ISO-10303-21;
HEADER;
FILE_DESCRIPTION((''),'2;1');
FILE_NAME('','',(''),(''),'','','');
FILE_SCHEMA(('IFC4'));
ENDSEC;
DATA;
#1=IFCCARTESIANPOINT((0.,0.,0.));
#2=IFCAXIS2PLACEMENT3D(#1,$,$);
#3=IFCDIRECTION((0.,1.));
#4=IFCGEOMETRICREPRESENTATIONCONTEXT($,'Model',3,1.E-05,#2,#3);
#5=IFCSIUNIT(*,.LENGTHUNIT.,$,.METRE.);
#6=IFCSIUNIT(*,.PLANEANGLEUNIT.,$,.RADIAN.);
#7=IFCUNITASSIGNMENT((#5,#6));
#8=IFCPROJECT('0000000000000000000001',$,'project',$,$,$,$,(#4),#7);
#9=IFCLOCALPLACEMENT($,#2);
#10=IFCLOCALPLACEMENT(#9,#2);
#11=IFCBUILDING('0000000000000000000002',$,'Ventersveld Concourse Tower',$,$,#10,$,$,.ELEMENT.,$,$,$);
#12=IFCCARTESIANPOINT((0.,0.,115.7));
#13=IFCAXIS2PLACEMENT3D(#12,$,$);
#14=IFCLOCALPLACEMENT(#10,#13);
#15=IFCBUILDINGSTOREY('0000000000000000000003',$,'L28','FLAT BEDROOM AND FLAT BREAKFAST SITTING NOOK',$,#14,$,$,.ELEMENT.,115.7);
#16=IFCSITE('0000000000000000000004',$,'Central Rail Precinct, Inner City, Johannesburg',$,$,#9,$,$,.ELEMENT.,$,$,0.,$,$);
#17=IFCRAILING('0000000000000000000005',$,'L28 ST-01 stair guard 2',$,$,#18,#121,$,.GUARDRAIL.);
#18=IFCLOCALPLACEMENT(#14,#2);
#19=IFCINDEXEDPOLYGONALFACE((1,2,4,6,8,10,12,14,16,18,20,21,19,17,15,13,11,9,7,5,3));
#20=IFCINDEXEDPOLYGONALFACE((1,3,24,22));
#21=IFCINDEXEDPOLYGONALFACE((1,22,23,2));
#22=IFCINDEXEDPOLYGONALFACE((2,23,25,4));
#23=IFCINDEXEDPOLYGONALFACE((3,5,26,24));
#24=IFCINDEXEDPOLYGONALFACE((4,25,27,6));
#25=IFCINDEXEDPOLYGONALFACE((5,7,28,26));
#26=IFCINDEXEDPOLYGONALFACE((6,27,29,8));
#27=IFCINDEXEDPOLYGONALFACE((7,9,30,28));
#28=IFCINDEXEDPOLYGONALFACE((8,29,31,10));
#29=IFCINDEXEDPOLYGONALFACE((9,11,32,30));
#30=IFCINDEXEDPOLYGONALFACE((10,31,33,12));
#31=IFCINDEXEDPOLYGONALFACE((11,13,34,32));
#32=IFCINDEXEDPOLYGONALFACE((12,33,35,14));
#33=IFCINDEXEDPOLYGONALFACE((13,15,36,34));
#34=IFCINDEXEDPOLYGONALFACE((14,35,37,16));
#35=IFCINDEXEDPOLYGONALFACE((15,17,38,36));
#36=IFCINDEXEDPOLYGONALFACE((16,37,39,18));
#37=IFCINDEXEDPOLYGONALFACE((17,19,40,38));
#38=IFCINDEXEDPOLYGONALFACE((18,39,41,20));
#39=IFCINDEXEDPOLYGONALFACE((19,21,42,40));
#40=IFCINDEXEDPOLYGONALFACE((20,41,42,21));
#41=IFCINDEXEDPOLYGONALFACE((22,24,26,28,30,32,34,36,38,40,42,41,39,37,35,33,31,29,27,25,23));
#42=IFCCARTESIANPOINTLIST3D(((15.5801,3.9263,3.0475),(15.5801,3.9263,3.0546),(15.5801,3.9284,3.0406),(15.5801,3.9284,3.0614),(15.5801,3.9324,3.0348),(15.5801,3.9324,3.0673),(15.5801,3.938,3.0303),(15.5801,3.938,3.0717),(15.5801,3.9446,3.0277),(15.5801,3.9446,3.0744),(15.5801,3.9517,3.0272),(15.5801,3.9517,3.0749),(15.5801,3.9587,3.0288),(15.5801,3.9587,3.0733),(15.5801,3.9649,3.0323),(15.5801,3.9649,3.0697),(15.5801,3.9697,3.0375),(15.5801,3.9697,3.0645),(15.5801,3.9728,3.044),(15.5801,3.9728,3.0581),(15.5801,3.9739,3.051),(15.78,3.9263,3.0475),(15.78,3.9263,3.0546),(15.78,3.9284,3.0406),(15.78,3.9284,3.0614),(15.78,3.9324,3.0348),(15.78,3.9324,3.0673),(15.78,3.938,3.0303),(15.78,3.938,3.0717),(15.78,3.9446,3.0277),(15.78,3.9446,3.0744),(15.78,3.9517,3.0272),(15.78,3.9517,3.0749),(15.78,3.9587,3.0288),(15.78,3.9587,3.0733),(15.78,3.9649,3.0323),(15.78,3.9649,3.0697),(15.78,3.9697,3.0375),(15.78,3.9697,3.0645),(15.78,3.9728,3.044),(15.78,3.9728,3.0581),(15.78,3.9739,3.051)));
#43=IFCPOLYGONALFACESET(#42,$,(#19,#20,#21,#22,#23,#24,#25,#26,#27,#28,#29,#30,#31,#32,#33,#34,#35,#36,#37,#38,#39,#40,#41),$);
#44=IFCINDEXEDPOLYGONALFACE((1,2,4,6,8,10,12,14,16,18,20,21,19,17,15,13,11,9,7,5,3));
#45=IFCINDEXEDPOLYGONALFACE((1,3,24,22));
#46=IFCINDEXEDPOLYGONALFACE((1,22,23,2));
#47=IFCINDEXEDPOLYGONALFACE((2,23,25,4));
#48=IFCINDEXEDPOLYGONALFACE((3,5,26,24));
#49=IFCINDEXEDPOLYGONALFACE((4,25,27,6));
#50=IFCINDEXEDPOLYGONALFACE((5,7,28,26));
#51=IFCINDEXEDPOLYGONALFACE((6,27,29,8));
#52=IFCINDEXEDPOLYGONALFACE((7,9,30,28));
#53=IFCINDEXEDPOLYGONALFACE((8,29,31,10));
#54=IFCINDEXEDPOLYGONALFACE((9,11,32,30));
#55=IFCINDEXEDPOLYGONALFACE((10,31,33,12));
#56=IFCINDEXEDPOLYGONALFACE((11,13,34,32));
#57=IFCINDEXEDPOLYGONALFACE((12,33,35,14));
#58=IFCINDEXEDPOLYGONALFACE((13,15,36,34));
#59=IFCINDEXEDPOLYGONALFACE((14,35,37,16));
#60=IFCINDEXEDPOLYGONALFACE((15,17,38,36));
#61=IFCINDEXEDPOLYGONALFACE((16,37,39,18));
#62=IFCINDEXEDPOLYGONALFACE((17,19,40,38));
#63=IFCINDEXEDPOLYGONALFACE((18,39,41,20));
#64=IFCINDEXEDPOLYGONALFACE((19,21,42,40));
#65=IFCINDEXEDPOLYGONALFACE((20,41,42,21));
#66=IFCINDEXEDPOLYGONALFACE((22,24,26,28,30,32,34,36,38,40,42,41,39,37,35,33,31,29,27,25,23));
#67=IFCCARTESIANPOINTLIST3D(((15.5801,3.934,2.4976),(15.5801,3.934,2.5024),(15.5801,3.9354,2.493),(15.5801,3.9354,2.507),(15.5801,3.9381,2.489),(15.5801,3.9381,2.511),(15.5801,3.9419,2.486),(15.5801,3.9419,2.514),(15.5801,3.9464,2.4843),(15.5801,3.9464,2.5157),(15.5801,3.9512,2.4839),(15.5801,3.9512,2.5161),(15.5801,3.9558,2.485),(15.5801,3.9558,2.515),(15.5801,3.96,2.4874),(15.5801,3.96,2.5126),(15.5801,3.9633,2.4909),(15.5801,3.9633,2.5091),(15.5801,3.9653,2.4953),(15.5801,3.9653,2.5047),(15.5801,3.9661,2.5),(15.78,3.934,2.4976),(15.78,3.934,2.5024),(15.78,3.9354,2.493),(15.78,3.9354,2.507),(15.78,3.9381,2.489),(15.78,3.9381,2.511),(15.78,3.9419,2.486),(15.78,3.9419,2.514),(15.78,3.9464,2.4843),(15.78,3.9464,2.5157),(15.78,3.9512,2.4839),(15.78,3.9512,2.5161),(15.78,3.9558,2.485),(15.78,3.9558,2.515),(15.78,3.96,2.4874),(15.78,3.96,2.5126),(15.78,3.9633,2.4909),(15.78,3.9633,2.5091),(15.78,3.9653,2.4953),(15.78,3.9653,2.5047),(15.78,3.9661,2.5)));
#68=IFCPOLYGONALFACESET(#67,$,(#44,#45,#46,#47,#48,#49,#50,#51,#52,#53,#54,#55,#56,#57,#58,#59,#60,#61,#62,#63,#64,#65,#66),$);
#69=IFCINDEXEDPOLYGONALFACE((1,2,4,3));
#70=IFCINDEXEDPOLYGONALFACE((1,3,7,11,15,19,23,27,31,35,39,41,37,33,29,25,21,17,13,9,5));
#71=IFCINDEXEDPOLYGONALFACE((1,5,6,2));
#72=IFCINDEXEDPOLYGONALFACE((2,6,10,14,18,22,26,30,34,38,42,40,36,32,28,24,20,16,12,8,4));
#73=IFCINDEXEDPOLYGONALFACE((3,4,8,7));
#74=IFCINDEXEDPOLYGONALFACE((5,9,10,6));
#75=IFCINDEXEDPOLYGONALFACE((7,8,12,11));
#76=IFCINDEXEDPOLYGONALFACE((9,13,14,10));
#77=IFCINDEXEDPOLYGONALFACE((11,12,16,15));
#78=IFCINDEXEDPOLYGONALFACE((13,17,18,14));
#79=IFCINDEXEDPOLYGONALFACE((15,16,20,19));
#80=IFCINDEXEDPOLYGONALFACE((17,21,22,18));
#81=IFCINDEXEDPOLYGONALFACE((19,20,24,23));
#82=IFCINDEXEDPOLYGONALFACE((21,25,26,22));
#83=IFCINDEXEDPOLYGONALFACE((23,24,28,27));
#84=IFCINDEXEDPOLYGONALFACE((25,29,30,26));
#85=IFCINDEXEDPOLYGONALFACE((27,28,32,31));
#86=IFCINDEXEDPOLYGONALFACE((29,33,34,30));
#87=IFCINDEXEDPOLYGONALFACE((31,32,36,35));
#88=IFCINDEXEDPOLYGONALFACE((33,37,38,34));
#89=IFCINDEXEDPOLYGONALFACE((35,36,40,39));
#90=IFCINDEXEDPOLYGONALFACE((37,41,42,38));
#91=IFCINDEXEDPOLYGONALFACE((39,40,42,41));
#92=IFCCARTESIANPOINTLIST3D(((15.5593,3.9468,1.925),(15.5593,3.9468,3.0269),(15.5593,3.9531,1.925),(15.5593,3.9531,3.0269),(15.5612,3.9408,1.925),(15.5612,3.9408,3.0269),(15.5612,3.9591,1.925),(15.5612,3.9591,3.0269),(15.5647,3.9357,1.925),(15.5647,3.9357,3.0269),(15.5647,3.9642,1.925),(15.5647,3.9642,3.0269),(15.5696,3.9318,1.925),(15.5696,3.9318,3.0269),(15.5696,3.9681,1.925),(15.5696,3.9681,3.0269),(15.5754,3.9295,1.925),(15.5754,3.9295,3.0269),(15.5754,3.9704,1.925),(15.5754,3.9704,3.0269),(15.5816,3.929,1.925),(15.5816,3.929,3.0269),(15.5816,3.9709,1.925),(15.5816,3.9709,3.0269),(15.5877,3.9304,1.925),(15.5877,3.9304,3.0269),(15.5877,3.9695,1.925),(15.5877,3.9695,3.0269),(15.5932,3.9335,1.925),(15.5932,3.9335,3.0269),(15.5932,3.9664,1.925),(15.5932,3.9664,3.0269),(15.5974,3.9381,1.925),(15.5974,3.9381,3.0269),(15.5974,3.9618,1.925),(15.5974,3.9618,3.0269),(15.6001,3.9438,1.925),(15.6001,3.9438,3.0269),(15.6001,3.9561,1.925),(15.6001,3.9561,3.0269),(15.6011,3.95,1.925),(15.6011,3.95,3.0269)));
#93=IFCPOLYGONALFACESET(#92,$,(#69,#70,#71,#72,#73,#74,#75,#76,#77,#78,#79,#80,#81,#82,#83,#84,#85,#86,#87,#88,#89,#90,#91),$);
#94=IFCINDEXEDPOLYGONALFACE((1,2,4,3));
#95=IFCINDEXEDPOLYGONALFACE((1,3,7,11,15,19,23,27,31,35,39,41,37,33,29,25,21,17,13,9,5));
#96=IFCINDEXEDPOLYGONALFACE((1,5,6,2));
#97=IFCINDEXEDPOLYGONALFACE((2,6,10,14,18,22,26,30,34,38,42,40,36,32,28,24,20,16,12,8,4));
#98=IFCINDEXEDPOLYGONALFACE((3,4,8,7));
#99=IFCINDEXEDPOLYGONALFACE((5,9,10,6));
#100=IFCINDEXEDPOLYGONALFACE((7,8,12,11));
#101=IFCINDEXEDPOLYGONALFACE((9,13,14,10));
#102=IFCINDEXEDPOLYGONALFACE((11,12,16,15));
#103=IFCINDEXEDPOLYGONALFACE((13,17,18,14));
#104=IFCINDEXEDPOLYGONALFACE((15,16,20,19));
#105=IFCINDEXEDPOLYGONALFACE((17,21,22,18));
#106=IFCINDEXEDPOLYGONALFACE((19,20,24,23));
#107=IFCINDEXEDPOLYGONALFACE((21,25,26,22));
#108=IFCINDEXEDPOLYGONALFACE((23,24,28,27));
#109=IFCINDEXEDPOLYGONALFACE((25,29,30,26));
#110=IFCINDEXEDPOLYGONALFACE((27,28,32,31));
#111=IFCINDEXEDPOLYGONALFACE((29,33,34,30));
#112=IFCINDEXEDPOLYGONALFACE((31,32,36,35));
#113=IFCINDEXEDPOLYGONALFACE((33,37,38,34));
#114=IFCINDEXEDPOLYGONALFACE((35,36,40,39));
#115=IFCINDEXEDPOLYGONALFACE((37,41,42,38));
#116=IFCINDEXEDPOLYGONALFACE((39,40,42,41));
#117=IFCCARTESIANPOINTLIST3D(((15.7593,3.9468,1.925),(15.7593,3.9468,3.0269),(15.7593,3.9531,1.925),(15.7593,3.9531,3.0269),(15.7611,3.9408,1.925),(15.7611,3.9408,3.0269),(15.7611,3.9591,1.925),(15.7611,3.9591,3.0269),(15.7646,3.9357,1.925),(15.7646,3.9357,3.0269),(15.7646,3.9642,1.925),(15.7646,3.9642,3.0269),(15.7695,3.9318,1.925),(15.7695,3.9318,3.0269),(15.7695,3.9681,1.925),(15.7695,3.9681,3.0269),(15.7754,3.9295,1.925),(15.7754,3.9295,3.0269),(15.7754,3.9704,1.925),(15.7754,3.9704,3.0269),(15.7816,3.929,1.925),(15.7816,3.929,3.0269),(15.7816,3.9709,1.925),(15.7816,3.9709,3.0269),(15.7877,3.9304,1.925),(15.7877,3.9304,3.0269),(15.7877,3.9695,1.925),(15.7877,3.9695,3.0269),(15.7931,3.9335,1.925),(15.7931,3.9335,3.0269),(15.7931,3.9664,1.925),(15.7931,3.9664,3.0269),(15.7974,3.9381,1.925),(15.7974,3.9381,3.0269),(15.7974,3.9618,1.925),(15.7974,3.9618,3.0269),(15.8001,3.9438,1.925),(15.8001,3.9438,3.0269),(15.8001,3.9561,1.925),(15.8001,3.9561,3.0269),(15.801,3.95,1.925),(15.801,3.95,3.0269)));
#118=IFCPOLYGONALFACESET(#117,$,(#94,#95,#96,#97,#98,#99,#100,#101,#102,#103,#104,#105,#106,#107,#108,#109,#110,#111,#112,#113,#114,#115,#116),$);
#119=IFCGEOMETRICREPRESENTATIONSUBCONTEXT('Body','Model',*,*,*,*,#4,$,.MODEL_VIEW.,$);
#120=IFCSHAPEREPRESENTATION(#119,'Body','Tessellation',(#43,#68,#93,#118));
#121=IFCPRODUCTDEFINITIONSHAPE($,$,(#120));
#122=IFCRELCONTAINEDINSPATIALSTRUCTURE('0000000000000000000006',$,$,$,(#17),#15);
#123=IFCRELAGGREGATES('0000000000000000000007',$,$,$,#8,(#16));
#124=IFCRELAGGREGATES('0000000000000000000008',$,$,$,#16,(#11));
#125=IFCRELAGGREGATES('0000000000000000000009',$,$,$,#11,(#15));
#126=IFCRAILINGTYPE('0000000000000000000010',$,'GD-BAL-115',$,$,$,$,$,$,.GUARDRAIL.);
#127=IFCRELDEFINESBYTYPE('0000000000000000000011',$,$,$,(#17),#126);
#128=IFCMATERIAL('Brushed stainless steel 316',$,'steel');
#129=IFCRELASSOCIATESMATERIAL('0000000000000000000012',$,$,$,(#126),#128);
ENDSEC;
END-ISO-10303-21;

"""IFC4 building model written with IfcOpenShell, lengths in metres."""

from ifc_helpers import new_model, si_unit, direction, frame, origin, origin_2d, place, context, subcontext, project, spatial, circle, extrude, material, type_object, element, save


model = new_model("IFC4")

# Units and contexts
model_context = context("Model", 3, precision=1e-05, world=origin(), true_north=direction((0.0, 1.0)))
body_context = subcontext(model_context, "Body", "Model", "MODEL_VIEW")
ifc_project = project(units=[si_unit("LENGTHUNIT", "METRE"), si_unit("PLANEANGLEUNIT", "RADIAN")], contexts=[model_context])

# Site, building, storey
site_placement = place(None, origin())
site = spatial("IfcSite", under=ifc_project, at=site_placement, Name="Central Rail Precinct, Inner City, Johannesburg", CompositionType="ELEMENT", RefElevation=0.0)
building_placement = place(site_placement, origin())
building = spatial("IfcBuilding", under=site, at=building_placement, Name="Ventersveld Concourse Tower", CompositionType="ELEMENT")
storey_placement = place(building_placement, frame((0.0, 0.0, 115.7)))
storey = spatial("IfcBuildingStorey", under=building, at=storey_placement, Name="L28", Description="FLAT BEDROOM AND FLAT BREAKFAST SITTING NOOK", CompositionType="ELEMENT", Elevation=115.7)

# Railing
ifc_material_1 = material(Name="Brushed stainless steel 316", Category="steel")
railing_type_1 = type_object("IfcRailingType", Name="GD-BAL-115", PredefinedType="GUARDRAIL", material=ifc_material_1)
railing_1_placement = place(storey_placement, frame((15.5801, 3.95, 1.925)))
element("IfcRailing", 1, at=railing_1_placement, inside=storey, type_object=railing_type_1, Name="L28 ST-01 stair guard 2", PredefinedType="GUARDRAIL", context=body_context, shape_type="SweptSolid", body=[
    extrude(circle(Radius=0.0239, at=origin_2d()), frame((0.0, 0.0, 1.126), z_axis=(1.0, 0.0, 0.0), x_axis=(0.0, 1.0, 0.0)), (0.0, 0.0, 1.0), 0.2),
    extrude(circle(Radius=0.0161, at=origin_2d()), frame((0.0, 0.0, 0.575), z_axis=(1.0, 0.0, 0.0), x_axis=(0.0, 1.0, 0.0)), (0.0, 0.0, 1.0), 0.2),
    extrude(circle(Radius=0.021, at=origin_2d()), origin(), (0.0, 0.0, 1.0), 1.1018),
    extrude(circle(Radius=0.021, at=origin_2d()), frame((0.2, 0.0, 0.0)), (0.0, 0.0, 1.0), 1.1018),
])

save(model, "model.ifc")
